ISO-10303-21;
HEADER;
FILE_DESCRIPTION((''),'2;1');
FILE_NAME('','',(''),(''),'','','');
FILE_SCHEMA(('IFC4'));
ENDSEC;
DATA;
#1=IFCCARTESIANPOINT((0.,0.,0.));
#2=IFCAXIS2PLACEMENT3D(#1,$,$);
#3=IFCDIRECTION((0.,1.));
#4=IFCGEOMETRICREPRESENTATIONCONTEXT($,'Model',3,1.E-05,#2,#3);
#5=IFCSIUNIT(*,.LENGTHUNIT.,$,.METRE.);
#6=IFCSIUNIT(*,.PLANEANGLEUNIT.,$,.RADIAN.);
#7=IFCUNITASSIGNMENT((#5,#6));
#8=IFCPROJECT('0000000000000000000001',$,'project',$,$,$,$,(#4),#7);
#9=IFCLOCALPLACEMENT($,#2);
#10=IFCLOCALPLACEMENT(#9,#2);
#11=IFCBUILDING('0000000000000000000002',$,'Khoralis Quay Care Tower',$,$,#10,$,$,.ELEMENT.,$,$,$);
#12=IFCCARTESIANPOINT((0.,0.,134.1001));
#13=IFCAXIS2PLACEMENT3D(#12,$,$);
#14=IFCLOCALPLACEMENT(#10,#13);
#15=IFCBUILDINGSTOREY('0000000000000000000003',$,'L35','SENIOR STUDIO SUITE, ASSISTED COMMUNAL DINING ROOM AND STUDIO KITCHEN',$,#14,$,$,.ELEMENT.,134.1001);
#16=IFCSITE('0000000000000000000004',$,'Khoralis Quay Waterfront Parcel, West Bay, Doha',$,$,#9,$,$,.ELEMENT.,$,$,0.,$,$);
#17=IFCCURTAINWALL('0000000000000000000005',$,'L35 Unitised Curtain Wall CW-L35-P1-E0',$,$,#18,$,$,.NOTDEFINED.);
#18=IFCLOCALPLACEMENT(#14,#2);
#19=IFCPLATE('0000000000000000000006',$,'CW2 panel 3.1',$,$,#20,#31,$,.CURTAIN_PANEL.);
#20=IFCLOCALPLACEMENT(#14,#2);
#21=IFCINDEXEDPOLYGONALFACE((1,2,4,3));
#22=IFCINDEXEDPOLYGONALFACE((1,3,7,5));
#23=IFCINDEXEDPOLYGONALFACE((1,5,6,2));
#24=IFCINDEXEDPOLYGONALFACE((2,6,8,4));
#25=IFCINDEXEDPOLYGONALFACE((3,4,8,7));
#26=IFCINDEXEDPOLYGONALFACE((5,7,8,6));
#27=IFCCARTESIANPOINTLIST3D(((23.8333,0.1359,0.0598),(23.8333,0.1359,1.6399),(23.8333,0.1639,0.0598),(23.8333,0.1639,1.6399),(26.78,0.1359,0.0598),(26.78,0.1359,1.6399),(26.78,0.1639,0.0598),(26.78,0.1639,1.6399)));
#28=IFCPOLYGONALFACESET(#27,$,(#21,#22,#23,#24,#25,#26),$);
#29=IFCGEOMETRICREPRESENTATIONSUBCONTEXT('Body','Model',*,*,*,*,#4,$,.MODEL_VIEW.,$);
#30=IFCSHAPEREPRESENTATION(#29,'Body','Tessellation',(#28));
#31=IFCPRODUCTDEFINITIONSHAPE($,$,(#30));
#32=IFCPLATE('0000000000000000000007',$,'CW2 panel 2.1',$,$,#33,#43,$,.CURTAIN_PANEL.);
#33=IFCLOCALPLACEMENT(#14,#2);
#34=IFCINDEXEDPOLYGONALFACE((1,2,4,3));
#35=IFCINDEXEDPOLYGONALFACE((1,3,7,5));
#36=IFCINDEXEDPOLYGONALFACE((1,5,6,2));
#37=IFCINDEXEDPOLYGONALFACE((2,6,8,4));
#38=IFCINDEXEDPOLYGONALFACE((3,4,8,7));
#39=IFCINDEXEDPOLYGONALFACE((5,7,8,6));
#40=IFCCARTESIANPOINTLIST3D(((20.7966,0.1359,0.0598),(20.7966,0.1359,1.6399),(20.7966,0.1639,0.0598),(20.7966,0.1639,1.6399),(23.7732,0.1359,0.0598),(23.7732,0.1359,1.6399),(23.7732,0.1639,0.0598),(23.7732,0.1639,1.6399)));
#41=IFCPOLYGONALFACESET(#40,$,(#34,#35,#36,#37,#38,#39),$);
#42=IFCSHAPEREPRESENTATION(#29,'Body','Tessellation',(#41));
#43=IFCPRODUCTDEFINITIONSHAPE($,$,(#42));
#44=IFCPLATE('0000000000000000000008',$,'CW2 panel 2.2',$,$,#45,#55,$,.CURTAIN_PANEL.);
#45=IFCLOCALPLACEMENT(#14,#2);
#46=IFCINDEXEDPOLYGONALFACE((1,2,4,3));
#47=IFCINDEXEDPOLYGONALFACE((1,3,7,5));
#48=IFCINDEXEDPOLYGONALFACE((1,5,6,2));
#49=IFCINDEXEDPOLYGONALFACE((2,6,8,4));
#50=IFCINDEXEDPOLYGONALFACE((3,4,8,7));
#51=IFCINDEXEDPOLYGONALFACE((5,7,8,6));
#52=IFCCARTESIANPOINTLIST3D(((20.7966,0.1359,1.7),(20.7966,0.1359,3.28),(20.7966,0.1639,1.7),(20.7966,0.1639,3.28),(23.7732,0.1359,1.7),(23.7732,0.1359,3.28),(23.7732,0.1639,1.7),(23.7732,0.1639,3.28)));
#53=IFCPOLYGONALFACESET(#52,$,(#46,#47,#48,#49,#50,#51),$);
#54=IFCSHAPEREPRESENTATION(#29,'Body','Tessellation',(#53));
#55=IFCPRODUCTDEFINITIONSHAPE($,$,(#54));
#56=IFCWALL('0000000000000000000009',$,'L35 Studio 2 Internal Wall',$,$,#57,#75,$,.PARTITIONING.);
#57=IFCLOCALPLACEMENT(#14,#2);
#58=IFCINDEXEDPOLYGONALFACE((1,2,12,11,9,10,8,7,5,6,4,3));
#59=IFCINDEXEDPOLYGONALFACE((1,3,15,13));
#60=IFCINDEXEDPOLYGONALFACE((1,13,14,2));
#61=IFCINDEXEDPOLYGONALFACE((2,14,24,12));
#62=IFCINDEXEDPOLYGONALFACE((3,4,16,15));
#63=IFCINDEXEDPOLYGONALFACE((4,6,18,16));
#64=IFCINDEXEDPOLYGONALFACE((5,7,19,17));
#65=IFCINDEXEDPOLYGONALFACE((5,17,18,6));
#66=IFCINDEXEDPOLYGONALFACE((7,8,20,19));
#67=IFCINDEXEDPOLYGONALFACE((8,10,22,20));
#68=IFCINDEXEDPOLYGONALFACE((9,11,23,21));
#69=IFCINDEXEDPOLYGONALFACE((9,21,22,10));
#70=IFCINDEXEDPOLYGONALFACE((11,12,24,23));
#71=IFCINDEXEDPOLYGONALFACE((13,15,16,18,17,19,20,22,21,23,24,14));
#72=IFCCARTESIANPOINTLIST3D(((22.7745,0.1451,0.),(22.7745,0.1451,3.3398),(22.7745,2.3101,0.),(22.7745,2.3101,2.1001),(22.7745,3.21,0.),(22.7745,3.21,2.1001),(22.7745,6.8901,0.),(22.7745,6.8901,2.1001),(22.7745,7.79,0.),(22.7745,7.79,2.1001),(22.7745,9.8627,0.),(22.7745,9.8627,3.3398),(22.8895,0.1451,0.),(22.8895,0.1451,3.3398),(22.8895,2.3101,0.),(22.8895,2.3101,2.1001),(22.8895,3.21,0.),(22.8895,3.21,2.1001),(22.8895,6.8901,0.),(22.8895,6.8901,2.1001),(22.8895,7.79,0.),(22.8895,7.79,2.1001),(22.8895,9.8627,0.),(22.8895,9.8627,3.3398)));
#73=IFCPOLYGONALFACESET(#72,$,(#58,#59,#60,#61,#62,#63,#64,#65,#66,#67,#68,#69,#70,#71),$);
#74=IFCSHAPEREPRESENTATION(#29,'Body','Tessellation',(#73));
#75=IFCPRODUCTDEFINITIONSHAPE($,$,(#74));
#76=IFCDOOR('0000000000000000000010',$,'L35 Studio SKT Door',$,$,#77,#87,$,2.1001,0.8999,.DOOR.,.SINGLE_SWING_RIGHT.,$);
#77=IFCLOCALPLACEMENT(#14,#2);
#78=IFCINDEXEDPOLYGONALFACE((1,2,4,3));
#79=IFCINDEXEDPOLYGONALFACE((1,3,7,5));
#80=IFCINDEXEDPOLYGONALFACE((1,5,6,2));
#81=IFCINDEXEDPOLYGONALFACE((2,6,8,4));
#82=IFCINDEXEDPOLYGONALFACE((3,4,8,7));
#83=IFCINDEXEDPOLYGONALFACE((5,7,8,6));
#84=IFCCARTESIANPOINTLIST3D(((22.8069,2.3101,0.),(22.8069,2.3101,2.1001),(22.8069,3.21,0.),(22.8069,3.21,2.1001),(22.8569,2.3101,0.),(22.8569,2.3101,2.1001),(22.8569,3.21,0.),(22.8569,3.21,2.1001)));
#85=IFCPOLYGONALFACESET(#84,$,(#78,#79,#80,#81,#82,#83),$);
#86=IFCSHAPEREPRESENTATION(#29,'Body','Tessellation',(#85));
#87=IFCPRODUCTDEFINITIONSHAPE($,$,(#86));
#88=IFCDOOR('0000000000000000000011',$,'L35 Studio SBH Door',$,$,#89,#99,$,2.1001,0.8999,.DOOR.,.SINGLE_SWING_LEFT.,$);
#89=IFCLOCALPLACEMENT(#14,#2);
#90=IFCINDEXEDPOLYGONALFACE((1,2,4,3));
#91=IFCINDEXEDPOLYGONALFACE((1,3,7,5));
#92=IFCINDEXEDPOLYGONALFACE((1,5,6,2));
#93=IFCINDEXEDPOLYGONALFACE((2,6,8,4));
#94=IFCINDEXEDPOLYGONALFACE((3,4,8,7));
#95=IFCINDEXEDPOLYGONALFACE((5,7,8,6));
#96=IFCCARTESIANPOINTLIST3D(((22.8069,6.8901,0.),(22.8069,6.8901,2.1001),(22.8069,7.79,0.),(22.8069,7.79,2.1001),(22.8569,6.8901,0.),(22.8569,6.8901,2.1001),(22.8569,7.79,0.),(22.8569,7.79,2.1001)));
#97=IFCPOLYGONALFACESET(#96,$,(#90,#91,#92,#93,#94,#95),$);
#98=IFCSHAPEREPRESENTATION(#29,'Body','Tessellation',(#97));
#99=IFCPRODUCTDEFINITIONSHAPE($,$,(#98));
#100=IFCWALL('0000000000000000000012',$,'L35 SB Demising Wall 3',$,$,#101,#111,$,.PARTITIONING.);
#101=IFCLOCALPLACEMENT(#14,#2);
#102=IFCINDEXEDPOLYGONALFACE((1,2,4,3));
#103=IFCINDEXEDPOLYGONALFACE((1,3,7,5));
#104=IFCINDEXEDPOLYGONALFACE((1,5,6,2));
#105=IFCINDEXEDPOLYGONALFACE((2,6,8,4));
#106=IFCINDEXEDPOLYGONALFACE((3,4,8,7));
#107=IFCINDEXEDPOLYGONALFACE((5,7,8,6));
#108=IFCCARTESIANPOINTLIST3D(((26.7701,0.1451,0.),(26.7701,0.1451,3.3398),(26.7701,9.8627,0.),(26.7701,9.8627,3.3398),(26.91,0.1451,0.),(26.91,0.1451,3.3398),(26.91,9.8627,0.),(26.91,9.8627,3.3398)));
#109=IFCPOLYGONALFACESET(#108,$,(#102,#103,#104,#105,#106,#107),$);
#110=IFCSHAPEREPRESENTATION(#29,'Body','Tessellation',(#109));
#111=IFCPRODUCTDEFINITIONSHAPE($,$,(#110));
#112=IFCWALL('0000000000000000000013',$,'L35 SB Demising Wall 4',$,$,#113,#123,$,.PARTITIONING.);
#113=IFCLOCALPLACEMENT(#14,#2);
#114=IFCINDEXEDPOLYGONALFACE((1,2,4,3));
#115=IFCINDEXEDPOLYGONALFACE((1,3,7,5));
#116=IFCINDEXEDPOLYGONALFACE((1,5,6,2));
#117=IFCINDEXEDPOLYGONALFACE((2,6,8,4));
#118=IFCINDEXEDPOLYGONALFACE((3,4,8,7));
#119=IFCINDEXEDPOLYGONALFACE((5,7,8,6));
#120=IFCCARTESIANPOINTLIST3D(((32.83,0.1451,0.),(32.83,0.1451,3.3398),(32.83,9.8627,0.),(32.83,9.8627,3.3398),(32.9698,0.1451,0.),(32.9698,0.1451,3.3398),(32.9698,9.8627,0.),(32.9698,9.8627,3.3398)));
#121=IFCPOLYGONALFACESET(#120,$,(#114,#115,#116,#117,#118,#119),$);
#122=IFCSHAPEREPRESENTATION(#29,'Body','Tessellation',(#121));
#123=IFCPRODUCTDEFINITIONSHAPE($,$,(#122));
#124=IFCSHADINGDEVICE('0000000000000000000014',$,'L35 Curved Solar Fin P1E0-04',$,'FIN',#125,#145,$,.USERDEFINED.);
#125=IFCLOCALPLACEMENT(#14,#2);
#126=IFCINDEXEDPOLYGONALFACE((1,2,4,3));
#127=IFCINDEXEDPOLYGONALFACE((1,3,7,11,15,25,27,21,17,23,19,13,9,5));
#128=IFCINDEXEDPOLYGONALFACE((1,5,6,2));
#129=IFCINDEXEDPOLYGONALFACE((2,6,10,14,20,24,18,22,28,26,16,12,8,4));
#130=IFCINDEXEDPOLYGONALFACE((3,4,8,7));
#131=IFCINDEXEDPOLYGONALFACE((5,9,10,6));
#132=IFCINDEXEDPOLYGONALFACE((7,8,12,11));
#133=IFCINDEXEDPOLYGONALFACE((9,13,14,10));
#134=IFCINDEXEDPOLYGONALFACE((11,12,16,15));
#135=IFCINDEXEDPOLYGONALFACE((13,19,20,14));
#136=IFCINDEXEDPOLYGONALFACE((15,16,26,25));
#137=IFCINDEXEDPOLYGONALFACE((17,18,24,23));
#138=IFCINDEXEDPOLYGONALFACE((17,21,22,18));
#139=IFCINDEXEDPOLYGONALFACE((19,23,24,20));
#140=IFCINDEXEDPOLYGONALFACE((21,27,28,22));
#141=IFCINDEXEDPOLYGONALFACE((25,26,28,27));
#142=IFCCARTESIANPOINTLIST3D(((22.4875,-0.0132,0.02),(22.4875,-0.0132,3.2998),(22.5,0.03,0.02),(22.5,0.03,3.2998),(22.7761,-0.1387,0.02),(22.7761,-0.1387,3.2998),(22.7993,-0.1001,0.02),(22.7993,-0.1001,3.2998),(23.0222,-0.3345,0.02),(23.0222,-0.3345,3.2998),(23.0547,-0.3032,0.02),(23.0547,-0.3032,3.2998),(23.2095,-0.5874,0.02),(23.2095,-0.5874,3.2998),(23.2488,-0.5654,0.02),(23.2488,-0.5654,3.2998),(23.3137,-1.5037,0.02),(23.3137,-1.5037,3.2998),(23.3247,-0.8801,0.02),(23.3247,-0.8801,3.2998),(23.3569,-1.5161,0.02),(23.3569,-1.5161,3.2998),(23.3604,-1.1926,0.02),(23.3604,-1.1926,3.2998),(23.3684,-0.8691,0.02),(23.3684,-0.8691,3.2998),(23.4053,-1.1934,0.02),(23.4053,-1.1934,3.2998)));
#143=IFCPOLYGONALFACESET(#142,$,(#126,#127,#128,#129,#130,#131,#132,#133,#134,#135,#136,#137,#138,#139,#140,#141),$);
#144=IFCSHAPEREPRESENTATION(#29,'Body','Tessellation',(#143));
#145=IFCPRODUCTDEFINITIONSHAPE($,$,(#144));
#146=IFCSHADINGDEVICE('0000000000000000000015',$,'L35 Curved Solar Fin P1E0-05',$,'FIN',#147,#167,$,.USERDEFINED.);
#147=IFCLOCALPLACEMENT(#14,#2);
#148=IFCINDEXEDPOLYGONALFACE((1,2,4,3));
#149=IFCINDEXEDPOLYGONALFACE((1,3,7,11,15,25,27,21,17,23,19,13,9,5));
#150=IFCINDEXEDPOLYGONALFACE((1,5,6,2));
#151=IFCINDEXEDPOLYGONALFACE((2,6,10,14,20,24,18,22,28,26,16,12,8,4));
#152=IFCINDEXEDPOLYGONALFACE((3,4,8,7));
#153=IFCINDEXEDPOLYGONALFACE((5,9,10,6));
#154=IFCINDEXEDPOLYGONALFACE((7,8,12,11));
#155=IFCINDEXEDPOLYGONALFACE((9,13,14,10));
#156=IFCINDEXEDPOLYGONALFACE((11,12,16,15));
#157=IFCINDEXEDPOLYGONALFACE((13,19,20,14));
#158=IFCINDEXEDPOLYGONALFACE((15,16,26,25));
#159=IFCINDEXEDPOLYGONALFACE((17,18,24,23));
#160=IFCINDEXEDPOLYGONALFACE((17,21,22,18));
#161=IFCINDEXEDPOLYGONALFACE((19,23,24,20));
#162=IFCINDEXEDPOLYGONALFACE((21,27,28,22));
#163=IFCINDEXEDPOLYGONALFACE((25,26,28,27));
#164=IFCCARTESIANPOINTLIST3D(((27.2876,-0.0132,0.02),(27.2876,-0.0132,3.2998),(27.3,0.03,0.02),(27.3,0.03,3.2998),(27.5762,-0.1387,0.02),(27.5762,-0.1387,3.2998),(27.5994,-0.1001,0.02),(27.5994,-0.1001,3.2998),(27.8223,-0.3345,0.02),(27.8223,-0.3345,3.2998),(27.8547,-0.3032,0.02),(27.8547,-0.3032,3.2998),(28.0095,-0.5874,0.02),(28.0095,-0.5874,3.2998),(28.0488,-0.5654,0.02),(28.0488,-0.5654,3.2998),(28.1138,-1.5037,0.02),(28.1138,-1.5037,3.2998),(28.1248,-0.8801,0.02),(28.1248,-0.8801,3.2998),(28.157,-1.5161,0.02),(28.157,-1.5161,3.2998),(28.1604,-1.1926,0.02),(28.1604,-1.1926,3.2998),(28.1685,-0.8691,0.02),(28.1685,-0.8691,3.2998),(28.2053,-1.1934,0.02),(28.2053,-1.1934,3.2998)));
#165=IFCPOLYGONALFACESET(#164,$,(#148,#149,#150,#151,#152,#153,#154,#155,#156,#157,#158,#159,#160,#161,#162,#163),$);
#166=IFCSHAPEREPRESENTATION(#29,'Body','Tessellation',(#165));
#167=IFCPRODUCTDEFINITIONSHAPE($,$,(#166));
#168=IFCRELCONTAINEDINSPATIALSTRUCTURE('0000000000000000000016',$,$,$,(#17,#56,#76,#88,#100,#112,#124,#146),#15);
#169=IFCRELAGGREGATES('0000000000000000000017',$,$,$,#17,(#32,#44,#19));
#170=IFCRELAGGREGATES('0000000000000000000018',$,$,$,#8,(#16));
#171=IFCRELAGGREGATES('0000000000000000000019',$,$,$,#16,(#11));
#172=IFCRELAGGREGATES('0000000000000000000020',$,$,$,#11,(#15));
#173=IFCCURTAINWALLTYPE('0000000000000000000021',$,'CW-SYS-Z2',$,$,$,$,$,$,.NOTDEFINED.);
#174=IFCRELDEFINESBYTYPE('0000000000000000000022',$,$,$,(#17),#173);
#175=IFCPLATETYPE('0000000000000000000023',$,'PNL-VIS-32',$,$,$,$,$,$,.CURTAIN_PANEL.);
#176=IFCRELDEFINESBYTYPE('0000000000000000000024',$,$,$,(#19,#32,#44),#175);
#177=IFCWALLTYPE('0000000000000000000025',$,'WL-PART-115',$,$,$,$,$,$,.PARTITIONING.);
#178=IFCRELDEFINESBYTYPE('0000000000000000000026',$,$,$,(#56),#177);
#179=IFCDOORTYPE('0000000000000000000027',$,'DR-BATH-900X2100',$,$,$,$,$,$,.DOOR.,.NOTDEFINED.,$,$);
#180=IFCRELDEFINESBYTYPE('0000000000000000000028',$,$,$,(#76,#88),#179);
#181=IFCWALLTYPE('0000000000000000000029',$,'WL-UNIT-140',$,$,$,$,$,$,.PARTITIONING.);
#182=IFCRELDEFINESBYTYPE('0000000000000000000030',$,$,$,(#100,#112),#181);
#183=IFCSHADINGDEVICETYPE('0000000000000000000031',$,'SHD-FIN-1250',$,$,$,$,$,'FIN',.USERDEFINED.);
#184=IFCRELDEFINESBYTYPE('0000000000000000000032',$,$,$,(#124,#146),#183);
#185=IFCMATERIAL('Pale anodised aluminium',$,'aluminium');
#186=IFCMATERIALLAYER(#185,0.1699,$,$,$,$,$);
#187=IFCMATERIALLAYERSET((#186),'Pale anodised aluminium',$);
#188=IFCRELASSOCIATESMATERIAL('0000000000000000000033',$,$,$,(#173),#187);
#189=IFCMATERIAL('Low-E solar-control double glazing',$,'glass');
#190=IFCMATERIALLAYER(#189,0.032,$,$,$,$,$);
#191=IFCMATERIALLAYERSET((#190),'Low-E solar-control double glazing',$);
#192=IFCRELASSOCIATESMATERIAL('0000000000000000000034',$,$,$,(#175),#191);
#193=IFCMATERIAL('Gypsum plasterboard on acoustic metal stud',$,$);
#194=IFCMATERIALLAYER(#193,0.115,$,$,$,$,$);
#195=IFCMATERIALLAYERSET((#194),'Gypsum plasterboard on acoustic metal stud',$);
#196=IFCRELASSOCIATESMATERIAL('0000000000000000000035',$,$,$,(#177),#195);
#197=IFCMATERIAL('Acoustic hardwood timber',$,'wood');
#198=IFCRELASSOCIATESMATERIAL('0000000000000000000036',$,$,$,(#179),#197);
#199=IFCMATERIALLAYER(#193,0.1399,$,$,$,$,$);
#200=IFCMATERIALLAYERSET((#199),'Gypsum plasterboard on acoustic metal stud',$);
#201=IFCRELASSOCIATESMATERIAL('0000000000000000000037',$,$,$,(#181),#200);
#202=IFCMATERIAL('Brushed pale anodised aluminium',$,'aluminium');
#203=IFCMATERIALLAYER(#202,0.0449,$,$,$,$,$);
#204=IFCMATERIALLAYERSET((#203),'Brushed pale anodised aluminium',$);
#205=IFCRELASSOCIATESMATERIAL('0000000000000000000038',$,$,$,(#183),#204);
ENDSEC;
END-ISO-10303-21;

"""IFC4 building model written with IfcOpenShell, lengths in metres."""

from ifc_helpers import new_model, si_unit, direction, frame, frame_2d, origin, origin_2d, place, context, subcontext, project, spatial, polyline, rectangle, outline, extrude, source, transform, mapped, material, layer, layer_set, type_object, element, fill, aggregate, save


model = new_model("IFC4")

# Units and contexts
model_context = context("Model", 3, precision=1e-05, world=origin(), true_north=direction((0.0, 1.0)))
body_context = subcontext(model_context, "Body", "Model", "MODEL_VIEW")
ifc_project = project(units=[si_unit("LENGTHUNIT", "METRE"), si_unit("PLANEANGLEUNIT", "RADIAN")], contexts=[model_context])

# Site, building, storey
site_placement = place(None, origin())
site = spatial("IfcSite", under=ifc_project, at=site_placement, Name="Khoralis Quay Waterfront Parcel, West Bay, Doha", CompositionType="ELEMENT", RefElevation=0.0)
building_placement = place(site_placement, origin())
building = spatial("IfcBuilding", under=site, at=building_placement, Name="Khoralis Quay Care Tower", CompositionType="ELEMENT")
storey_placement = place(building_placement, frame((0.0, 0.0, 134.1001)))
storey = spatial("IfcBuildingStorey", under=building, at=storey_placement, Name="L35", Description="SENIOR STUDIO SUITE, ASSISTED COMMUNAL DINING ROOM AND STUDIO KITCHEN", CompositionType="ELEMENT", Elevation=134.1001)

# Curtain wall, plates
ifc_material_1 = material(Name="Pale anodised aluminium", Category="aluminium")
ifc_layer_1 = layer(ifc_material_1, 0.1699)
ifc_layer_set_1 = layer_set([ifc_layer_1], Name="Pale anodised aluminium")
curtain_wall_type = type_object("IfcCurtainWallType", Name="CW-SYS-Z2", PredefinedType="NOTDEFINED", material=ifc_layer_set_1)
curtain_wall_placement = place(storey_placement, origin())
curtain_wall = element("IfcCurtainWall", 1, at=curtain_wall_placement, inside=storey, type_object=curtain_wall_type, Name="L35 Unitised Curtain Wall CW-L35-P1-E0", PredefinedType="NOTDEFINED")
ifc_material_2 = material(Name="Low-E solar-control double glazing", Category="glass")
ifc_layer_2 = layer(ifc_material_2, 0.032)
ifc_layer_set_2 = layer_set([ifc_layer_2], Name="Low-E solar-control double glazing")
plate_type = type_object("IfcPlateType", Name="PNL-VIS-32", PredefinedType="CURTAIN_PANEL", material=ifc_layer_set_2)
shared_shape_1 = source(origin(), body_context, "Body", "SweptSolid", [
    extrude(rectangle(XDim=2.9468, YDim=0.0281, at=origin_2d()), origin(), (0.0, 0.0, 1.0), 1.5801),
])
plate_1_placement = place(storey_placement, frame((25.3066, 0.1499, 0.0598), z_axis=(0.0, 0.0, 1.0), x_axis=(1.0, 0.0, 0.0)))
plate_1 = element("IfcPlate", 2, at=plate_1_placement, type_object=plate_type, Name="CW2 panel 3.1", PredefinedType="CURTAIN_PANEL", context=body_context, shape_type="MappedRepresentation", body=[
    mapped(shared_shape_1, transform((0.0, 0.0, 0.0), scale=1.0)),
])
shared_shape_2 = source(origin(), body_context, "Body", "SweptSolid", [
    extrude(rectangle(XDim=2.9766, YDim=0.0281, at=origin_2d()), origin(), (0.0, 0.0, 1.0), 1.5801),
])
plate_2_placement = place(storey_placement, frame((22.2849, 0.1499, 0.0598), z_axis=(0.0, 0.0, 1.0), x_axis=(1.0, 0.0, 0.0)))
plate_2 = element("IfcPlate", 3, at=plate_2_placement, type_object=plate_type, Name="CW2 panel 2.1", PredefinedType="CURTAIN_PANEL", context=body_context, shape_type="MappedRepresentation", body=[
    mapped(shared_shape_2, transform((0.0, 0.0, 0.0), scale=1.0)),
])
plate_3_placement = place(storey_placement, frame((22.2849, 0.1499, 1.7), z_axis=(0.0, 0.0, 1.0), x_axis=(1.0, 0.0, 0.0)))
plate_3 = element("IfcPlate", 4, at=plate_3_placement, type_object=plate_type, Name="CW2 panel 2.2", PredefinedType="CURTAIN_PANEL", context=body_context, shape_type="MappedRepresentation", body=[
    mapped(shared_shape_2, transform((0.0, 0.0, 0.0), scale=1.0)),
])
aggregate(curtain_wall, [plate_2, plate_3, plate_1])

# Wall, openings, doors
ifc_material_3 = material(Name="Gypsum plasterboard on acoustic metal stud")
ifc_layer_3 = layer(ifc_material_3, 0.115)
ifc_layer_set_3 = layer_set([ifc_layer_3], Name="Gypsum plasterboard on acoustic metal stud")
wall_type_1 = type_object("IfcWallType", Name="WL-PART-115", PredefinedType="PARTITIONING", material=ifc_layer_set_3)
wall_placement = place(storey_placement, frame((22.832, 0.145, 0.0), z_axis=(0.0, 0.0, 1.0), x_axis=(0.0, 1.0, 0.0)))
wall = element("IfcWall", 5, at=wall_placement, inside=storey, type_object=wall_type_1, Name="L35 Studio 2 Internal Wall", PredefinedType="PARTITIONING", context=body_context, shape_type="SweptSolid", body=[
    extrude(rectangle(XDim=9.7175, YDim=0.115, at=frame_2d((4.8589, 0.0))), origin(), (0.0, 0.0, 1.0), 3.3398),
])
opening_1_placement = place(wall_placement, frame((2.165, 0.0, 0.0)))
opening_1 = element("IfcOpeningElement", 6, at=opening_1_placement, cuts=wall, PredefinedType="OPENING", context=body_context, shape_type="SweptSolid", body=[
    extrude(rectangle(XDim=0.8999, YDim=2.1001, at=frame_2d((0.45, 1.05))), frame((0.0, 0.0674, 0.0), z_axis=(0.0, -1.0, 0.0), x_axis=(1.0, 0.0, 0.0)), (0.0, 0.0, 1.0), 0.135),
])
opening_2_placement = place(wall_placement, frame((6.7451, 0.0, 0.0)))
opening_2 = element("IfcOpeningElement", 7, at=opening_2_placement, cuts=wall, PredefinedType="OPENING", context=body_context, shape_type="SweptSolid", body=[
    extrude(rectangle(XDim=0.8999, YDim=2.1001, at=frame_2d((0.45, 1.05))), frame((0.0, 0.0674, 0.0), z_axis=(0.0, -1.0, 0.0), x_axis=(1.0, 0.0, 0.0)), (0.0, 0.0, 1.0), 0.135),
])
ifc_material_4 = material(Name="Acoustic hardwood timber", Category="wood")
door_type = type_object("IfcDoorType", Name="DR-BATH-900X2100", OperationType="NOTDEFINED", PredefinedType="DOOR", material=ifc_material_4)
shared_shape_3 = source(origin(), body_context, "Body", "SweptSolid", [
    extrude(rectangle(XDim=0.8999, YDim=2.1001, at=frame_2d((0.45, 1.05))), frame((0.0, 0.0249, 0.0), z_axis=(0.0, -1.0, 0.0), x_axis=(1.0, 0.0, 0.0)), (0.0, 0.0, 1.0), 0.05),
])
door_1_placement = place(opening_1_placement, frame((0.8999, 0.0, 0.0), z_axis=(0.0, 0.0, 1.0), x_axis=(-1.0, 0.0, 0.0)))
door_1 = element("IfcDoor", 8, at=door_1_placement, inside=storey, type_object=door_type, Name="L35 Studio SKT Door", OperationType="SINGLE_SWING_RIGHT", OverallHeight=2.1001, OverallWidth=0.8999, PredefinedType="DOOR", context=body_context, shape_type="MappedRepresentation", body=[
    mapped(shared_shape_3, transform((0.0, 0.0, 0.0), scale=1.0)),
])
fill(opening_1, door_1)
door_2_placement = place(opening_2_placement, frame((0.8999, 0.0, 0.0), z_axis=(0.0, 0.0, 1.0), x_axis=(-1.0, 0.0, 0.0)))
door_2 = element("IfcDoor", 9, at=door_2_placement, inside=storey, type_object=door_type, Name="L35 Studio SBH Door", OperationType="SINGLE_SWING_LEFT", OverallHeight=2.1001, OverallWidth=0.8999, PredefinedType="DOOR", context=body_context, shape_type="MappedRepresentation", body=[
    mapped(shared_shape_3, transform((0.0, 0.0, 0.0), scale=1.0)),
])
fill(opening_2, door_2)

# Walls
ifc_layer_4 = layer(ifc_material_3, 0.1399)
ifc_layer_set_4 = layer_set([ifc_layer_4], Name="Gypsum plasterboard on acoustic metal stud")
wall_type_2 = type_object("IfcWallType", Name="WL-UNIT-140", PredefinedType="PARTITIONING", material=ifc_layer_set_4)
for number, where, z_axis, x_axis, name in (
    (10, (26.8401, 0.145, 0.0), (0.0, 0.0, 1.0), (0.0, 1.0, 0.0), "L35 SB Demising Wall 3"),
    (11, (32.8999, 0.145, 0.0), (0.0, 0.0, 1.0), (0.0, 1.0, 0.0), "L35 SB Demising Wall 4"),
):
    element("IfcWall", number, at=place(storey_placement, frame(where, z_axis=z_axis, x_axis=x_axis)), inside=storey, type_object=wall_type_2, Name=name, PredefinedType="PARTITIONING", context=body_context, shape_type="SweptSolid", body=[
        extrude(rectangle(XDim=9.7175, YDim=0.1399, at=frame_2d((4.8589, 0.0))), origin(), (0.0, 0.0, 1.0), 3.3398),
    ])

# Shading devices
ifc_material_5 = material(Name="Brushed pale anodised aluminium", Category="aluminium")
ifc_layer_5 = layer(ifc_material_5, 0.0449)
ifc_layer_set_5 = layer_set([ifc_layer_5], Name="Brushed pale anodised aluminium")
shading_device_type = type_object("IfcShadingDeviceType", Name="SHD-FIN-1250", ElementType="FIN", PredefinedType="USERDEFINED", material=ifc_layer_set_5)
shared_shape_4 = source(origin(), body_context, "Body", "SweptSolid", [
    extrude(outline(polyline([(0.0, 0.0), (0.1301, 0.2993), (0.3333, 0.5547), (0.5955, 0.7488), (0.8992, 0.8684), (1.2234, 0.9053), (1.5461, 0.8569), (1.5337, 0.8137), (1.2227, 0.8604), (0.9102, 0.8247), (0.6174, 0.7095), (0.3645, 0.5222), (0.1687, 0.2761), (0.0432, -0.0125), (0.0, 0.0)])), origin(), (0.0, 0.0, 1.0), 3.2798),
])
for number, where, z_axis, x_axis, name in (
    (12, (22.5, 0.03, 0.02), (0.0, 0.0, 1.0), (0.0, -1.0, 0.0), "L35 Curved Solar Fin P1E0-04"),
    (13, (27.3, 0.03, 0.02), (0.0, 0.0, 1.0), (0.0, -1.0, 0.0), "L35 Curved Solar Fin P1E0-05"),
):
    element("IfcShadingDevice", number, at=place(storey_placement, frame(where, z_axis=z_axis, x_axis=x_axis)), inside=storey, type_object=shading_device_type, Name=name, ObjectType="FIN", PredefinedType="USERDEFINED", context=body_context, shape_type="MappedRepresentation", body=[
        mapped(shared_shape_4, transform((0.0, 0.0, 0.0), scale=1.0)),
    ])

save(model, "model.ifc")
